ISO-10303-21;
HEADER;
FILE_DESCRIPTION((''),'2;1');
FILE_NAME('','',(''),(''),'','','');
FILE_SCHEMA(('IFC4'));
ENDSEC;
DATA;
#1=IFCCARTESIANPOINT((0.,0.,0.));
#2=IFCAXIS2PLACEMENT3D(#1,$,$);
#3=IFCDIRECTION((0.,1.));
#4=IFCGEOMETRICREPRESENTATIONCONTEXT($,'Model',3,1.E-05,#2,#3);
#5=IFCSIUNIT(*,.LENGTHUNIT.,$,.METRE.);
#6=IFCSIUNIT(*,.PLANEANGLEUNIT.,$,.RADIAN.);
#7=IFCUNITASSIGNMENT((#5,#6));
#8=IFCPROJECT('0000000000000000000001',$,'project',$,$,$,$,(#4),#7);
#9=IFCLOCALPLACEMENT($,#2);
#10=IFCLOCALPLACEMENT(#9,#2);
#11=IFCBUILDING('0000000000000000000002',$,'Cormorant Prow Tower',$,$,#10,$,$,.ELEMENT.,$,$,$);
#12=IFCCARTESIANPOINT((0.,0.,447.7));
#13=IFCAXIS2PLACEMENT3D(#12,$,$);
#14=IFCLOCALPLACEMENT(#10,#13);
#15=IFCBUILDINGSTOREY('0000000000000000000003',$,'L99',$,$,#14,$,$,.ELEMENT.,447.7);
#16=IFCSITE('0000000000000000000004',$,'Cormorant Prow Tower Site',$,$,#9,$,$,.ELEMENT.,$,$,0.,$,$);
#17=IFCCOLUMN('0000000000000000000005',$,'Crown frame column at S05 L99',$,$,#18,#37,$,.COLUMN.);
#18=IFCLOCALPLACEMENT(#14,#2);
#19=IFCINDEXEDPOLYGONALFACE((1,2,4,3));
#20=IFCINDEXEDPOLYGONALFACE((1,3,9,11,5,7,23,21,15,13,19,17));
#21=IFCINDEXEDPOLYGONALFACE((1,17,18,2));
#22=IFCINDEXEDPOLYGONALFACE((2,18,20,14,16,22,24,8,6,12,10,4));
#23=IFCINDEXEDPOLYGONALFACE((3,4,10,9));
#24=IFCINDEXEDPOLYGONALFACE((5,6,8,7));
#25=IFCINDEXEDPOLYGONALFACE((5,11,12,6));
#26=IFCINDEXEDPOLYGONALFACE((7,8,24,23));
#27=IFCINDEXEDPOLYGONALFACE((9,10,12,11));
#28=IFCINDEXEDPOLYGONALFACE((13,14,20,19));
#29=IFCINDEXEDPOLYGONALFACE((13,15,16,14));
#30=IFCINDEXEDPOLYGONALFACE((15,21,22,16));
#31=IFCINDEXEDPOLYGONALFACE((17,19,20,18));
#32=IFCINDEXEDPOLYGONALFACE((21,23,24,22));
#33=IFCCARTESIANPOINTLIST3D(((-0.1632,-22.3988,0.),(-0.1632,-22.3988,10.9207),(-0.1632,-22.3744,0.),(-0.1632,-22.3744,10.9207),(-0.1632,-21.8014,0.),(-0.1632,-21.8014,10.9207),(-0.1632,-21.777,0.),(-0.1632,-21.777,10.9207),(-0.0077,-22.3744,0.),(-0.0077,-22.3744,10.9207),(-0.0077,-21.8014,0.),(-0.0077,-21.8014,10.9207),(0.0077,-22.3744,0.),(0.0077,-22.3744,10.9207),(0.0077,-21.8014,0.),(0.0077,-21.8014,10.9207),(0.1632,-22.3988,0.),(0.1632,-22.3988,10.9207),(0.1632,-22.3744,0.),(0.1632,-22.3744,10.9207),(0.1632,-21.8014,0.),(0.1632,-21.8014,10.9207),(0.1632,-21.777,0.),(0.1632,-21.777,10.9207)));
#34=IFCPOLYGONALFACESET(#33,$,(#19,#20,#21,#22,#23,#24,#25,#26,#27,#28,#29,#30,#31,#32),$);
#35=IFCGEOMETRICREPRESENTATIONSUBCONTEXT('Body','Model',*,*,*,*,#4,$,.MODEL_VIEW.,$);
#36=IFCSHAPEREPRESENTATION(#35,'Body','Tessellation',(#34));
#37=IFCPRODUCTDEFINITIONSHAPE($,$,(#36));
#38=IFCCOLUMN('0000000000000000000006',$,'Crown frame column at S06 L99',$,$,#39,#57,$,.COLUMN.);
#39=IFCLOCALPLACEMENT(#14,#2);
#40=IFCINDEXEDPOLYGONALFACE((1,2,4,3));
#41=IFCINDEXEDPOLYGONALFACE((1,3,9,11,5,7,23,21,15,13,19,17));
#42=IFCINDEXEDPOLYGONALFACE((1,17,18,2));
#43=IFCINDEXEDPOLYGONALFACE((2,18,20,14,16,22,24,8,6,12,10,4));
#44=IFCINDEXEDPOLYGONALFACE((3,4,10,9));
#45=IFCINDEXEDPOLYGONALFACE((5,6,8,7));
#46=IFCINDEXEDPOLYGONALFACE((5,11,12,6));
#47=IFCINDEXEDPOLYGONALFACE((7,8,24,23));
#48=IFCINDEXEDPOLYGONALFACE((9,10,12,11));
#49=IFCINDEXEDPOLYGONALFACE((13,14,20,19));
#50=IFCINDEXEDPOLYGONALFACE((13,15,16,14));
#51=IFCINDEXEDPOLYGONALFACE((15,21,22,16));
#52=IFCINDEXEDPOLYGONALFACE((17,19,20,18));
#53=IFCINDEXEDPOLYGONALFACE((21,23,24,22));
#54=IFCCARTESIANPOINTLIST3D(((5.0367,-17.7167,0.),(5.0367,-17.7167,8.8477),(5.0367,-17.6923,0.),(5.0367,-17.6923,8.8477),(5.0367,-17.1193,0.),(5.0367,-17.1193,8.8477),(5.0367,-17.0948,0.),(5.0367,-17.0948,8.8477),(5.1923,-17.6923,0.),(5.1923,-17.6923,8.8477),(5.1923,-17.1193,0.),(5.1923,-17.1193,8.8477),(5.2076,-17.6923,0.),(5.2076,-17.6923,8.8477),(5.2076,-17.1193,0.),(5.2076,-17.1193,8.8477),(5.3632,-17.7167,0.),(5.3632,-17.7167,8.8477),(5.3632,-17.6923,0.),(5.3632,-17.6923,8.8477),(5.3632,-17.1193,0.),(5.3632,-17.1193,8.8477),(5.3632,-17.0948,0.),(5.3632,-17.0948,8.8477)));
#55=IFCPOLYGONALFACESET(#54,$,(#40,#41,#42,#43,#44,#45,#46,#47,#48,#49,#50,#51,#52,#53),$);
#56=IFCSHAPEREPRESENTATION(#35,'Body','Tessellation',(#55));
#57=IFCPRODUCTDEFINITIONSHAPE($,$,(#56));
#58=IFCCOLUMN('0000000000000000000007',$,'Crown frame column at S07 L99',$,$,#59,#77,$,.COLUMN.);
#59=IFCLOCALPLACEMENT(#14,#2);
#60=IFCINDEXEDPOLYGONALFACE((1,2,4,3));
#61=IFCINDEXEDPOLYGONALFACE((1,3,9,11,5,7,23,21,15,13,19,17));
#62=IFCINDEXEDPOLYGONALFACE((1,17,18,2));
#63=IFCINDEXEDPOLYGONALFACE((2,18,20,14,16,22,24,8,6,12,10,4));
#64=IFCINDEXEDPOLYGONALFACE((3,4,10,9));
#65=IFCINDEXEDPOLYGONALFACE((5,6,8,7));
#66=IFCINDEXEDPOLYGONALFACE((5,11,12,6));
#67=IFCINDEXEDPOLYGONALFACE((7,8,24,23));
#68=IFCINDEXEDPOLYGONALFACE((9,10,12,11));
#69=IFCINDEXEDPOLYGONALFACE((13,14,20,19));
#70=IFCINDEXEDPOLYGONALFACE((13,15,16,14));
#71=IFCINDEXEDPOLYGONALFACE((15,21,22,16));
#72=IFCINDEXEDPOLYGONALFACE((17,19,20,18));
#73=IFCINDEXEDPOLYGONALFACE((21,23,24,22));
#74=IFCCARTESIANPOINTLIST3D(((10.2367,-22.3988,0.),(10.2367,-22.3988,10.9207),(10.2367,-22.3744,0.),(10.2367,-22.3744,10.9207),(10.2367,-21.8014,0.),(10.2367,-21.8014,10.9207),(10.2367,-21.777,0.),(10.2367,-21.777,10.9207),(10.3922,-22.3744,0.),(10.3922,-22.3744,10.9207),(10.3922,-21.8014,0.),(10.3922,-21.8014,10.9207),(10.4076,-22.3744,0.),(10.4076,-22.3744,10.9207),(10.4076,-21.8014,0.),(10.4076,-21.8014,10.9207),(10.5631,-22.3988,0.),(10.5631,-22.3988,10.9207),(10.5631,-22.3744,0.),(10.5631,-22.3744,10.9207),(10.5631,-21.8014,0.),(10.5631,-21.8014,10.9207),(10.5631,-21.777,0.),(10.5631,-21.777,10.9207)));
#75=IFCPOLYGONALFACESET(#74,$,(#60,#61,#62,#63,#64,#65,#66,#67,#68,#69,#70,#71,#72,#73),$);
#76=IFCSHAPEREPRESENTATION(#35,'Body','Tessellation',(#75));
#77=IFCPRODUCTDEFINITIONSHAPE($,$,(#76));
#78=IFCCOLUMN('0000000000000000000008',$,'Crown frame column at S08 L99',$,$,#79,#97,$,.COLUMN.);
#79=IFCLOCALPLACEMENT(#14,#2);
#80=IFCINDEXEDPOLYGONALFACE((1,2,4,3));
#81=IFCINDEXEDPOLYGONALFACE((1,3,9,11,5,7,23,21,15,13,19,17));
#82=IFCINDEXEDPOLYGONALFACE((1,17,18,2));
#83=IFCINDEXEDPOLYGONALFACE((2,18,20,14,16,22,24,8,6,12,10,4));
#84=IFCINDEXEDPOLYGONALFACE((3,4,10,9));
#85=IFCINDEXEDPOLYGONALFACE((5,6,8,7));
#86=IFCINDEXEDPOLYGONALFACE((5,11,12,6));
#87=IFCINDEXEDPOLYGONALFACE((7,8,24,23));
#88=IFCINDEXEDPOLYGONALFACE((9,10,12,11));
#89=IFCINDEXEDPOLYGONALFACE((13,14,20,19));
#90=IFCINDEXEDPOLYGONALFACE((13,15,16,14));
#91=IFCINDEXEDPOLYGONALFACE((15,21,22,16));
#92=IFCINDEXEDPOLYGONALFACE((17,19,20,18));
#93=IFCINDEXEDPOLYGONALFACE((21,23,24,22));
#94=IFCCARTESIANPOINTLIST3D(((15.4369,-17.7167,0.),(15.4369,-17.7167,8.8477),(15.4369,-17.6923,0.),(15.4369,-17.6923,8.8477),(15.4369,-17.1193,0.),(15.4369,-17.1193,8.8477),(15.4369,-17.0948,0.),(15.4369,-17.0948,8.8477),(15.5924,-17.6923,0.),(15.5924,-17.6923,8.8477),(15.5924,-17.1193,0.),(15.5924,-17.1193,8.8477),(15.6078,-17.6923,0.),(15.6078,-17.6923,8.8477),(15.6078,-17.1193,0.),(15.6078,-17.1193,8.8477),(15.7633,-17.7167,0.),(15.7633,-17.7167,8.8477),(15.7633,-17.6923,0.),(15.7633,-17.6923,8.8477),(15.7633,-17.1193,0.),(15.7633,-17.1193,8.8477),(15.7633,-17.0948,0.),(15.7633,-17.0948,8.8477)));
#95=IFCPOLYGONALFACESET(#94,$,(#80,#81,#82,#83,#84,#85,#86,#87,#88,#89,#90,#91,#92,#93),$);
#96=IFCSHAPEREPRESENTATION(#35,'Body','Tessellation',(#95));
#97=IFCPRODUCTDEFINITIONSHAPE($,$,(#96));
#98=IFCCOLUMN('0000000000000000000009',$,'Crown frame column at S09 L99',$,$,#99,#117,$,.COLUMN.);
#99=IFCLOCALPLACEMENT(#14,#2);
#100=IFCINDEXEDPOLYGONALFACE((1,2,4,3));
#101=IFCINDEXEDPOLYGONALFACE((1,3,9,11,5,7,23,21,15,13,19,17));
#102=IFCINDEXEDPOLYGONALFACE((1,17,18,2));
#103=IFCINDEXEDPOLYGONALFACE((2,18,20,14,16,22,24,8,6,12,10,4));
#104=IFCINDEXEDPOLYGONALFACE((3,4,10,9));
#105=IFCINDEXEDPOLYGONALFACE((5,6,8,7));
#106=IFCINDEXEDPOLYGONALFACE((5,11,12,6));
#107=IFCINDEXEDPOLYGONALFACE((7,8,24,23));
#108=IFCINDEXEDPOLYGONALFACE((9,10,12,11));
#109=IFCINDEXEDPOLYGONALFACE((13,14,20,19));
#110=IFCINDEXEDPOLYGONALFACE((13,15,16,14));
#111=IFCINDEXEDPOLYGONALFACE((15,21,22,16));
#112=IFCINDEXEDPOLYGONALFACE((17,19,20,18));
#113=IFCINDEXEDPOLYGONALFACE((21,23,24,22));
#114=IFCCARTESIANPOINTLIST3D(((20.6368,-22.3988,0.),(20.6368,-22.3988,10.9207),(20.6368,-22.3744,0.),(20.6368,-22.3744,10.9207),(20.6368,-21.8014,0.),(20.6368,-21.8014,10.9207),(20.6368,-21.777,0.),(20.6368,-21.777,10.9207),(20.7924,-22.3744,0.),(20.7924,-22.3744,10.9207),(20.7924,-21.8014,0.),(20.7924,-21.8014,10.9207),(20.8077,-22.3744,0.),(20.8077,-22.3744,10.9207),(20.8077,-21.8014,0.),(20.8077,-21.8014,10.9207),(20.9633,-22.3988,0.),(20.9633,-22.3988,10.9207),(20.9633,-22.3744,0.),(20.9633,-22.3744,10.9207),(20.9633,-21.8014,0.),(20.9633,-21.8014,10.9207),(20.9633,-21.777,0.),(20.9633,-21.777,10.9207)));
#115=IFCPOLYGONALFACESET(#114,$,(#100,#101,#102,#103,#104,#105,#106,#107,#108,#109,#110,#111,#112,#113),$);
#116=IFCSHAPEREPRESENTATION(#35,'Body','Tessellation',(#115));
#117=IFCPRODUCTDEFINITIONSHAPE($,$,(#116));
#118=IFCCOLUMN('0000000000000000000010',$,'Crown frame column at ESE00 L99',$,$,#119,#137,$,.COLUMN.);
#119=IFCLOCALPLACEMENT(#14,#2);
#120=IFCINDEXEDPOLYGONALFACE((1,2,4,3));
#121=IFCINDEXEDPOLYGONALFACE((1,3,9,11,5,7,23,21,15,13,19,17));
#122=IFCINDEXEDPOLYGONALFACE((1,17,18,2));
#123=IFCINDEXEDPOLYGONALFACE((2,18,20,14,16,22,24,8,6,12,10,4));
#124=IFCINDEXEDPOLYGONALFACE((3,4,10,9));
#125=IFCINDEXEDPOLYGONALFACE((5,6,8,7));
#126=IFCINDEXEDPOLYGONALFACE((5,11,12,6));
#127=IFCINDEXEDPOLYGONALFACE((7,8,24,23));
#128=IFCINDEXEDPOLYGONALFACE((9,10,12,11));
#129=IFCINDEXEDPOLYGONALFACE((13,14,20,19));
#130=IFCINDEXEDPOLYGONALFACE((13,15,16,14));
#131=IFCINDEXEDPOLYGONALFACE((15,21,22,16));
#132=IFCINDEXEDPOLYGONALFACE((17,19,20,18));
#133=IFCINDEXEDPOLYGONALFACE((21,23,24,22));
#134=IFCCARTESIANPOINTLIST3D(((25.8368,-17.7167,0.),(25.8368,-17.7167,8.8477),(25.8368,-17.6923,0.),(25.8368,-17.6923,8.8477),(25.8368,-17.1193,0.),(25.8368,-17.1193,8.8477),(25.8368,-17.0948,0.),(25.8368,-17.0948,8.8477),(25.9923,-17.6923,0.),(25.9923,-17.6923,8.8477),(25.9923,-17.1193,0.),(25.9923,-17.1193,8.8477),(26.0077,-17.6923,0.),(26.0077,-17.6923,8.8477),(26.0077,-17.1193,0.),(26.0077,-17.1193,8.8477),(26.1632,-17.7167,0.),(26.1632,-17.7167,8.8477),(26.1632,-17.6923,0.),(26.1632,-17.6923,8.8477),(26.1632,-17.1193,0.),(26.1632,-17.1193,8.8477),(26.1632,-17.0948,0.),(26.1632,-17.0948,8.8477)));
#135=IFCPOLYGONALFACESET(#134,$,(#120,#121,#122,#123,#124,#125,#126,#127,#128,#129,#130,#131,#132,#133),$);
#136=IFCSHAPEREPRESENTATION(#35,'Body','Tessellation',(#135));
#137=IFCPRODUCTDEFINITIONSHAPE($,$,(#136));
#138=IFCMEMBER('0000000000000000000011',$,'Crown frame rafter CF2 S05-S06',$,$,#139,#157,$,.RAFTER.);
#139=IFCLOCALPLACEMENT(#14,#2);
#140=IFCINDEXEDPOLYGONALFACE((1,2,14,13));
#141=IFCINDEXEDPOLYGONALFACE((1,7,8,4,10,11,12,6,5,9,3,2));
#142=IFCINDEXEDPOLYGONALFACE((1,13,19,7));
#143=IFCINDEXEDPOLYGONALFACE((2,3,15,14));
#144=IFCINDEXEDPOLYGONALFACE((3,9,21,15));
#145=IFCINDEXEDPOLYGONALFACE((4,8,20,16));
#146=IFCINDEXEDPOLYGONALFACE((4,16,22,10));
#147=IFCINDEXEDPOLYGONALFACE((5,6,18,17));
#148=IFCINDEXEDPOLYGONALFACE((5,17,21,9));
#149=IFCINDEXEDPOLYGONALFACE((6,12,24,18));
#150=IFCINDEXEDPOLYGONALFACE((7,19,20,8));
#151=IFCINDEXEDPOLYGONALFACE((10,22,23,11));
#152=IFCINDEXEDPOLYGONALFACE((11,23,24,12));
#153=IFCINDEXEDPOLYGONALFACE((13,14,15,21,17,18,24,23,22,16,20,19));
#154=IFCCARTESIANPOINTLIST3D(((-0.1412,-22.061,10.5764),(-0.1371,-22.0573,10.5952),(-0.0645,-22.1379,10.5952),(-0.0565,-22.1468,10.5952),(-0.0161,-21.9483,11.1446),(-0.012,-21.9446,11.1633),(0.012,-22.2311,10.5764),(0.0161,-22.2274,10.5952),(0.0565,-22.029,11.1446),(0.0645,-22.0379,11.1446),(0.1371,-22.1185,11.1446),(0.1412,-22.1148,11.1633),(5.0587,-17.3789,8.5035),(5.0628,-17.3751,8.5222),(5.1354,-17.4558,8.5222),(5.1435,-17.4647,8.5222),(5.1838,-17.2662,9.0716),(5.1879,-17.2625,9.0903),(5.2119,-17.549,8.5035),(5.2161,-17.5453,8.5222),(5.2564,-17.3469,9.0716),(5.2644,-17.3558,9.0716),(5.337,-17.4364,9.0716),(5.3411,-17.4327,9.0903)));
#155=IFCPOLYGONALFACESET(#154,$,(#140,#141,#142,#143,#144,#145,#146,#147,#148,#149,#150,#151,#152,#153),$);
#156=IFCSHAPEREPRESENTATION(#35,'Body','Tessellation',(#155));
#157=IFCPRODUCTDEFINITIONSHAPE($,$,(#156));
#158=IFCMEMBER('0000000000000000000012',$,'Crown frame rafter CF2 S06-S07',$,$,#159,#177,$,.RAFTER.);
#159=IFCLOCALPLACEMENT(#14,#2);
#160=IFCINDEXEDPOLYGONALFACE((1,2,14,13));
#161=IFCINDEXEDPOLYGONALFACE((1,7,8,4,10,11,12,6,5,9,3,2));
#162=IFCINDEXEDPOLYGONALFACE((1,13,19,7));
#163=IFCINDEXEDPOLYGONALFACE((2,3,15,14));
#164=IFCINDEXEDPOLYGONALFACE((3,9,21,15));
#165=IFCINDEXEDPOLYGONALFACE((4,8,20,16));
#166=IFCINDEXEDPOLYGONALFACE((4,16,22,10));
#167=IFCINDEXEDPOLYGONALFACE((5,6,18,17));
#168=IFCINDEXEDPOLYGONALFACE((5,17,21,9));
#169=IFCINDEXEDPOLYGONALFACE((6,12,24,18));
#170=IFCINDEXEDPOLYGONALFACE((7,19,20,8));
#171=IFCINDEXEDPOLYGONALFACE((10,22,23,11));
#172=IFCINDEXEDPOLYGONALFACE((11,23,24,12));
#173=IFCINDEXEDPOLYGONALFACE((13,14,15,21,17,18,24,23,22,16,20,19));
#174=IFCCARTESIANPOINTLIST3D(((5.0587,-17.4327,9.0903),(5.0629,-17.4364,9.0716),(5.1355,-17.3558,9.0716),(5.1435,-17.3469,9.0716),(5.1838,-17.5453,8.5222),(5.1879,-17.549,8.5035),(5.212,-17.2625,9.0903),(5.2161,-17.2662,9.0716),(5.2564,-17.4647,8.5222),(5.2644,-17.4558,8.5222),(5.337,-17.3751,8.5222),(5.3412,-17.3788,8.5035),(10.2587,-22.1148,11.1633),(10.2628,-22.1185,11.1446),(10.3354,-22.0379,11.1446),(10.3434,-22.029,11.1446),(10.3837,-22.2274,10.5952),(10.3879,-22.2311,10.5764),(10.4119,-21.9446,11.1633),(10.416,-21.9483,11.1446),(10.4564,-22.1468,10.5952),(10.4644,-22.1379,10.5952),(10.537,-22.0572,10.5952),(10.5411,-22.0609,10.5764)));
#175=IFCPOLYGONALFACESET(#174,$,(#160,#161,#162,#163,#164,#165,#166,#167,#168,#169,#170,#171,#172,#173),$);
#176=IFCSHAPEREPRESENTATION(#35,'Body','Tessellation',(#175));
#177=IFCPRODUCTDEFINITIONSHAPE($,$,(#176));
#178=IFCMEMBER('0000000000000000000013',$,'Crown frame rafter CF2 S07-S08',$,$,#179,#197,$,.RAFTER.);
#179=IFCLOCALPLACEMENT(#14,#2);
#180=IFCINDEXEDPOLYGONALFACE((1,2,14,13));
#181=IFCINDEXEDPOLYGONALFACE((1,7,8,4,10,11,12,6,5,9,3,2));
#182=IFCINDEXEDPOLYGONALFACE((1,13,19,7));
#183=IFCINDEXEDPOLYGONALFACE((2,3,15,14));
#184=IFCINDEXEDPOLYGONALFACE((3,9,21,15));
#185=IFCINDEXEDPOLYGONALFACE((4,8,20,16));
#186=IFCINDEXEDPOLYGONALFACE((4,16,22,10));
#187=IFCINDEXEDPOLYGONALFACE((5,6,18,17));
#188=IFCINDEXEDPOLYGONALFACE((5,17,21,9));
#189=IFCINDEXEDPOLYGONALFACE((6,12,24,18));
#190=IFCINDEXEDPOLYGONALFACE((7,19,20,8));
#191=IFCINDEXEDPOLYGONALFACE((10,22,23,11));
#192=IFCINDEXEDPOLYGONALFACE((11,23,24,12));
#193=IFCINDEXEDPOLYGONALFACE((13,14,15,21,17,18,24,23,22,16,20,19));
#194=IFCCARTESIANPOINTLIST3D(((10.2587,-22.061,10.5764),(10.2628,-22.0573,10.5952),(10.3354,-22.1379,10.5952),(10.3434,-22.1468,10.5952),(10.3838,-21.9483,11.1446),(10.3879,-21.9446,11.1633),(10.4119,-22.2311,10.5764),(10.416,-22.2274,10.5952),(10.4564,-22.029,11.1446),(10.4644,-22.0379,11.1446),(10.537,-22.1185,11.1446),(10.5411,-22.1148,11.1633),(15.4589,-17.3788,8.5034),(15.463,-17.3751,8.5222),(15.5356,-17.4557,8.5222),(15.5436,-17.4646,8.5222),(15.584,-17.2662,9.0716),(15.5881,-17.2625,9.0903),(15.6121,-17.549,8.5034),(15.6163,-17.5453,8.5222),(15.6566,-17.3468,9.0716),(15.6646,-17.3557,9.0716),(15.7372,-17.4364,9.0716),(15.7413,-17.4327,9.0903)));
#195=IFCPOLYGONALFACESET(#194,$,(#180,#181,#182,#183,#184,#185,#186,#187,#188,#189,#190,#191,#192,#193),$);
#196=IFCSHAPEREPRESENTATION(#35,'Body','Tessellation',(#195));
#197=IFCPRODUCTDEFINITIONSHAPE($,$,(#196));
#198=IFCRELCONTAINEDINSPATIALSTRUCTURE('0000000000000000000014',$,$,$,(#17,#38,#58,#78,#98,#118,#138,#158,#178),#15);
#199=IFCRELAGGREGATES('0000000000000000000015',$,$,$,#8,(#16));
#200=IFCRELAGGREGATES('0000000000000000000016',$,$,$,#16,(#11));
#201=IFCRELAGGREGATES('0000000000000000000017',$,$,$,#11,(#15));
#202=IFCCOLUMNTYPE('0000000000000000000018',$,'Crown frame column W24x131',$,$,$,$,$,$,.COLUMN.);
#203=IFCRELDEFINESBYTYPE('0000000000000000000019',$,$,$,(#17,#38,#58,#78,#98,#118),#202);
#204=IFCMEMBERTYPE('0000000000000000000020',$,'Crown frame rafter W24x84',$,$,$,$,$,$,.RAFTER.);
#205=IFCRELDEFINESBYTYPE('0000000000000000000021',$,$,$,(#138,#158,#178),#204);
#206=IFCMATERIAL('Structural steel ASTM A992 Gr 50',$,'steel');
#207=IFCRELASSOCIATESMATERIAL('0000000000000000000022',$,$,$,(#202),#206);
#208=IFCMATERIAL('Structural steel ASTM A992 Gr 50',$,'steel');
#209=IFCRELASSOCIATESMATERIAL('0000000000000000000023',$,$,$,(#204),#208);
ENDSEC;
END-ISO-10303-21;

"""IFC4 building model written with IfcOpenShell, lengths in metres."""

from ifc_helpers import new_model, si_unit, direction, frame, origin, origin_2d, place, context, subcontext, project, spatial, i_section, extrude, material, material_profile, profile_set, type_object, element, save


model = new_model("IFC4")

# Units and contexts
model_context = context("Model", 3, precision=1e-05, world=origin(), true_north=direction((0.0, 1.0)))
body_context = subcontext(model_context, "Body", "Model", "MODEL_VIEW")
ifc_project = project(units=[si_unit("LENGTHUNIT", "METRE"), si_unit("PLANEANGLEUNIT", "RADIAN")], contexts=[model_context])

# Site, building, storey
site_placement = place(None, origin())
site = spatial("IfcSite", under=ifc_project, at=site_placement, Name="Cormorant Prow Tower Site", CompositionType="ELEMENT", RefElevation=0.0)
building_placement = place(site_placement, origin())
building = spatial("IfcBuilding", under=site, at=building_placement, Name="Cormorant Prow Tower", CompositionType="ELEMENT")
storey_placement = place(building_placement, frame((0.0, 0.0, 447.7)))
storey = spatial("IfcBuildingStorey", under=building, at=storey_placement, Name="L99", CompositionType="ELEMENT", Elevation=447.7)

# Columns
ifc_material_1 = material(Name="Structural steel ASTM A992 Gr 50", Category="steel")
ifc_material_profile_1 = material_profile(ifc_material_1, i_section(OverallWidth=0.3264, OverallDepth=0.6218, WebThickness=0.0154, FlangeThickness=0.0244, at=origin_2d()), Name="W24x131")
ifc_profile_set_1 = profile_set([ifc_material_profile_1], Name="Structural steel ASTM A992 Gr 50")
column_type = type_object("IfcColumnType", Name="Crown frame column W24x131", PredefinedType="COLUMN", material=ifc_profile_set_1)
column_1_placement = place(storey_placement, frame((0.0, -22.0879, 0.0), z_axis=(0.0, 0.0, 1.0), x_axis=(1.0, 0.0, 0.0)))
element("IfcColumn", 1, at=column_1_placement, inside=storey, type_object=column_type, Name="Crown frame column at S05 L99", PredefinedType="COLUMN", context=body_context, shape_type="SweptSolid", body=[
    extrude(i_section(OverallWidth=0.3264, OverallDepth=0.6218, WebThickness=0.0154, FlangeThickness=0.0244, at=origin_2d()), origin(), (0.0, 0.0, 1.0), 10.9207),
])
column_2_placement = place(storey_placement, frame((5.2, -17.4058, 0.0), z_axis=(0.0, 0.0, 1.0), x_axis=(1.0, 0.0, 0.0)))
element("IfcColumn", 2, at=column_2_placement, inside=storey, type_object=column_type, Name="Crown frame column at S06 L99", PredefinedType="COLUMN", context=body_context, shape_type="SweptSolid", body=[
    extrude(i_section(OverallWidth=0.3264, OverallDepth=0.6218, WebThickness=0.0154, FlangeThickness=0.0244, at=origin_2d()), origin(), (0.0, 0.0, 1.0), 8.8477),
])
column_3_placement = place(storey_placement, frame((10.3999, -22.0879, 0.0), z_axis=(0.0, 0.0, 1.0), x_axis=(1.0, 0.0, 0.0)))
element("IfcColumn", 3, at=column_3_placement, inside=storey, type_object=column_type, Name="Crown frame column at S07 L99", PredefinedType="COLUMN", context=body_context, shape_type="SweptSolid", body=[
    extrude(i_section(OverallWidth=0.3264, OverallDepth=0.6218, WebThickness=0.0154, FlangeThickness=0.0244, at=origin_2d()), origin(), (0.0, 0.0, 1.0), 10.9207),
])
column_4_placement = place(storey_placement, frame((15.6001, -17.4058, 0.0), z_axis=(0.0, 0.0, 1.0), x_axis=(1.0, 0.0, 0.0)))
element("IfcColumn", 4, at=column_4_placement, inside=storey, type_object=column_type, Name="Crown frame column at S08 L99", PredefinedType="COLUMN", context=body_context, shape_type="SweptSolid", body=[
    extrude(i_section(OverallWidth=0.3264, OverallDepth=0.6218, WebThickness=0.0154, FlangeThickness=0.0244, at=origin_2d()), origin(), (0.0, 0.0, 1.0), 8.8477),
])
column_5_placement = place(storey_placement, frame((20.8, -22.0879, 0.0), z_axis=(0.0, 0.0, 1.0), x_axis=(1.0, 0.0, 0.0)))
element("IfcColumn", 5, at=column_5_placement, inside=storey, type_object=column_type, Name="Crown frame column at S09 L99", PredefinedType="COLUMN", context=body_context, shape_type="SweptSolid", body=[
    extrude(i_section(OverallWidth=0.3264, OverallDepth=0.6218, WebThickness=0.0154, FlangeThickness=0.0244, at=origin_2d()), origin(), (0.0, 0.0, 1.0), 10.9207),
])
column_6_placement = place(storey_placement, frame((26.0, -17.4058, 0.0), z_axis=(0.0, 0.0, 1.0), x_axis=(1.0, 0.0, 0.0)))
element("IfcColumn", 6, at=column_6_placement, inside=storey, type_object=column_type, Name="Crown frame column at ESE00 L99", PredefinedType="COLUMN", context=body_context, shape_type="SweptSolid", body=[
    extrude(i_section(OverallWidth=0.3264, OverallDepth=0.6218, WebThickness=0.0154, FlangeThickness=0.0244, at=origin_2d()), origin(), (0.0, 0.0, 1.0), 8.8477),
])

# Members
ifc_material_2 = material(Name="Structural steel ASTM A992 Gr 50", Category="steel")
ifc_material_profile_2 = material_profile(ifc_material_2, i_section(OverallWidth=0.229, OverallDepth=0.6121, WebThickness=0.012, FlangeThickness=0.0195, at=origin_2d()), Name="W24x84")
ifc_profile_set_2 = profile_set([ifc_material_profile_2], Name="Structural steel ASTM A992 Gr 50")
member_type = type_object("IfcMemberType", Name="Crown frame rafter W24x84", PredefinedType="RAFTER", material=ifc_profile_set_2)
for number, where, z_axis, x_axis, name in (
    (7, (0.0, -22.0879, 10.8699), (0.712528, 0.641573, -0.284055), (-0.669136, 0.74314, 0.0), "Crown frame rafter CF2 S05-S06"),
    (8, (5.2, -17.4058, 8.7969), (0.712528, -0.641573, 0.284055), (0.669136, 0.74314, 0.0), "Crown frame rafter CF2 S06-S07"),
):
    element("IfcMember", number, at=place(storey_placement, frame(where, z_axis=z_axis, x_axis=x_axis)), inside=storey, type_object=member_type, Name=name, PredefinedType="RAFTER", context=body_context, shape_type="SweptSolid", body=[
        extrude(i_section(OverallWidth=0.229, OverallDepth=0.6121, WebThickness=0.012, FlangeThickness=0.0195, at=origin_2d()), origin(), (0.0, 0.0, 1.0), 7.2979),
    ])
member_1_placement = place(storey_placement, frame((10.3999, -22.0879, 10.8699), z_axis=(0.712545, 0.641558, -0.284048), x_axis=(-0.669119, 0.743155, 0.0)))
element("IfcMember", 9, at=member_1_placement, inside=storey, type_object=member_type, Name="Crown frame rafter CF2 S07-S08", PredefinedType="RAFTER", context=body_context, shape_type="SweptSolid", body=[
    extrude(i_section(OverallWidth=0.229, OverallDepth=0.6121, WebThickness=0.012, FlangeThickness=0.0195, at=origin_2d()), origin(), (0.0, 0.0, 1.0), 7.2981),
])

save(model, "model.ifc")
